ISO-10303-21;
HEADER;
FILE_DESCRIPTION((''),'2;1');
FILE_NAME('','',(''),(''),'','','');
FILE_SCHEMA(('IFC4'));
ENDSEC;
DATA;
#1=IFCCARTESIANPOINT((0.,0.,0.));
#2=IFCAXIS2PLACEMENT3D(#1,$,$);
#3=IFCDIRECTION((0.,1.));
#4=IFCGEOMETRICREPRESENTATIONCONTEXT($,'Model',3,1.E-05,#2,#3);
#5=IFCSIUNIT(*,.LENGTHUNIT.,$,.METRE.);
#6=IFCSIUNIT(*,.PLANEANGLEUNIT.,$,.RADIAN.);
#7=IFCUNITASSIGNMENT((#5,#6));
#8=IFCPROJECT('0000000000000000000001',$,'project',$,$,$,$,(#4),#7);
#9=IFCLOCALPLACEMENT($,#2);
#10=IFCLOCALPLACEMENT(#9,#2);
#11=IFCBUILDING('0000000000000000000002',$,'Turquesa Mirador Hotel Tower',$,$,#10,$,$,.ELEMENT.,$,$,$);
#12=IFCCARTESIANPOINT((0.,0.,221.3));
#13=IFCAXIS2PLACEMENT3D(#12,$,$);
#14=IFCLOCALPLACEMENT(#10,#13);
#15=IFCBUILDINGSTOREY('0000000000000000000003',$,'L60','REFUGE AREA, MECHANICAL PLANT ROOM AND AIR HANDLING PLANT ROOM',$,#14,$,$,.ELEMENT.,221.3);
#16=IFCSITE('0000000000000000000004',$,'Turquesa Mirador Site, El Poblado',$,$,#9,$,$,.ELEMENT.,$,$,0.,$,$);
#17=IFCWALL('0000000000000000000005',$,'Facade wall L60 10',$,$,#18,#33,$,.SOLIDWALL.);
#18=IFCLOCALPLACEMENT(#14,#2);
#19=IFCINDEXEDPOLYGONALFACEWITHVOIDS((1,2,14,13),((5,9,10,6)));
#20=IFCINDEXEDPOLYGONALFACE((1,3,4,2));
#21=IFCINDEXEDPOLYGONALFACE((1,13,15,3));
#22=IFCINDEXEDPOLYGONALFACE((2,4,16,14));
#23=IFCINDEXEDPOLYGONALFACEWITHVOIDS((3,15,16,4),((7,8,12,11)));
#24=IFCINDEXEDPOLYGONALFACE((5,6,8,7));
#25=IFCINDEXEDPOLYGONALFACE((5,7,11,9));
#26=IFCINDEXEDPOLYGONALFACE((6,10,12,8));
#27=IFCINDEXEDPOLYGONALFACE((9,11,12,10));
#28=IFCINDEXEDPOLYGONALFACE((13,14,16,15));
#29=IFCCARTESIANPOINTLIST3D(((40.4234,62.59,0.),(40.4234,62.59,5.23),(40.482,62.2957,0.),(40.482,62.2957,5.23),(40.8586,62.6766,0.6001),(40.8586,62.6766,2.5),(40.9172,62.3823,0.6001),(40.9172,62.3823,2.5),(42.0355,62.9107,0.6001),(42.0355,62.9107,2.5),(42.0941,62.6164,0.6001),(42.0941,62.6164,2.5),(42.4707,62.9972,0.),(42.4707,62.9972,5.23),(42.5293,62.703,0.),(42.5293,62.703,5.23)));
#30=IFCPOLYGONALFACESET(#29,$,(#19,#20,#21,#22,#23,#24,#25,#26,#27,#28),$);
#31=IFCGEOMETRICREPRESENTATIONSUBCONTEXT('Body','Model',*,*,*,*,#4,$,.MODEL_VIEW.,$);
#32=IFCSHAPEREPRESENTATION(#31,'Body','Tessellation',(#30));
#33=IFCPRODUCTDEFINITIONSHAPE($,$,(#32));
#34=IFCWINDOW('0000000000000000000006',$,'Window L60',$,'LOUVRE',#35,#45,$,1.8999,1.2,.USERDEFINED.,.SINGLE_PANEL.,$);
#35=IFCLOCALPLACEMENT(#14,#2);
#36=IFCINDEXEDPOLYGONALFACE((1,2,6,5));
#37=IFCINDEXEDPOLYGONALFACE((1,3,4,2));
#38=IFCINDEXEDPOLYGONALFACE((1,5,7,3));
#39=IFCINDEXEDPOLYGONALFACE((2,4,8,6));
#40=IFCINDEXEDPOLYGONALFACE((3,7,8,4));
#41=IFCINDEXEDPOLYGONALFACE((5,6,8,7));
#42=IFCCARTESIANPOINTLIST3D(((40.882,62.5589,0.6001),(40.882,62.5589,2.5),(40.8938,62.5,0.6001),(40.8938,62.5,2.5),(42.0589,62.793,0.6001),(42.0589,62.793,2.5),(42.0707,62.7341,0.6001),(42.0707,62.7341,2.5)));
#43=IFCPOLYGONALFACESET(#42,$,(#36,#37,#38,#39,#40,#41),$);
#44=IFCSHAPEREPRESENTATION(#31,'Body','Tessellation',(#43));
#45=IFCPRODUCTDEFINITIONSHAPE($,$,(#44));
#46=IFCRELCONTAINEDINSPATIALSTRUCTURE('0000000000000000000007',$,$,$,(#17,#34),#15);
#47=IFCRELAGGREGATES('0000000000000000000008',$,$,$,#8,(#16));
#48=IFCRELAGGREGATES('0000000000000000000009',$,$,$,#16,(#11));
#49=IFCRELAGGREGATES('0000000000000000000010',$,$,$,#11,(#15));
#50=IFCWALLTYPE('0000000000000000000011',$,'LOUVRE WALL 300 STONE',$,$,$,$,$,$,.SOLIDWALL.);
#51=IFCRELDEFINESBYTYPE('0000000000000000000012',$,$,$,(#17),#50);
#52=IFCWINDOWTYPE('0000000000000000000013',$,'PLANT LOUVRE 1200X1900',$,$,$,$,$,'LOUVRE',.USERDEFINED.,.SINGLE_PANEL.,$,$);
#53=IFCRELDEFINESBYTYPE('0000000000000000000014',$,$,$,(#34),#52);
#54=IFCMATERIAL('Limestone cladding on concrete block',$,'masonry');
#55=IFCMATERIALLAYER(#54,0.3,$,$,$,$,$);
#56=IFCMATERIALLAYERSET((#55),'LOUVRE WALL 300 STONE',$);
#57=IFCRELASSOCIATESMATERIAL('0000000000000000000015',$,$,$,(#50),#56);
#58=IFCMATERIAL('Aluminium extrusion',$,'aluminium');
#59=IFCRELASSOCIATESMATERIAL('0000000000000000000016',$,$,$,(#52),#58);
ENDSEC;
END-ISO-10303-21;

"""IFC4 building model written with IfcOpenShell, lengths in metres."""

from ifc_helpers import new_model, si_unit, direction, frame, frame_2d, origin, place, context, subcontext, project, spatial, rectangle, extrude, material, layer, layer_set, type_object, element, fill, save


model = new_model("IFC4")

# Units and contexts
model_context = context("Model", 3, precision=1e-05, world=origin(), true_north=direction((0.0, 1.0)))
body_context = subcontext(model_context, "Body", "Model", "MODEL_VIEW")
ifc_project = project(units=[si_unit("LENGTHUNIT", "METRE"), si_unit("PLANEANGLEUNIT", "RADIAN")], contexts=[model_context])

# Site, building, storey
site_placement = place(None, origin())
site = spatial("IfcSite", under=ifc_project, at=site_placement, Name="Turquesa Mirador Site, El Poblado", CompositionType="ELEMENT", RefElevation=0.0)
building_placement = place(site_placement, origin())
building = spatial("IfcBuilding", under=site, at=building_placement, Name="Turquesa Mirador Hotel Tower", CompositionType="ELEMENT")
storey_placement = place(building_placement, frame((0.0, 0.0, 221.3)))
storey = spatial("IfcBuildingStorey", under=building, at=storey_placement, Name="L60", Description="REFUGE AREA, MECHANICAL PLANT ROOM AND AIR HANDLING PLANT ROOM", CompositionType="ELEMENT", Elevation=221.3)

# Wall, opening, window
ifc_material_1 = material(Name="Limestone cladding on concrete block", Category="masonry")
ifc_layer = layer(ifc_material_1, 0.3)
ifc_layer_set = layer_set([ifc_layer], Name="LOUVRE WALL 300 STONE")
wall_type = type_object("IfcWallType", Name="LOUVRE WALL 300 STONE", PredefinedType="SOLIDWALL", material=ifc_layer_set)
wall_placement = place(storey_placement, frame((42.5, 62.8501, 0.0), z_axis=(0.0, 0.0, 1.0), x_axis=(-0.980787, -0.195081, 0.0)))
wall = element("IfcWall", 1, at=wall_placement, inside=storey, type_object=wall_type, Name="Facade wall L60 10", PredefinedType="SOLIDWALL", context=body_context, shape_type="SweptSolid", body=[
    extrude(rectangle(XDim=2.0874, YDim=0.3, at=frame_2d((1.0437, 0.0))), origin(), (0.0, 0.0, 1.0), 5.23),
])
opening_placement = place(wall_placement, frame((0.4436, 0.0, 0.6001)))
opening = element("IfcOpeningElement", 2, at=opening_placement, cuts=wall, PredefinedType="OPENING", context=body_context, shape_type="SweptSolid", body=[
    extrude(rectangle(XDim=1.2, YDim=1.8999, at=frame_2d((0.6001, 0.95))), frame((0.0, 0.1599, 0.0), z_axis=(0.0, -1.0, 0.0), x_axis=(1.0, 0.0, 0.0)), (0.0, 0.0, 1.0), 0.3201),
])
ifc_material_2 = material(Name="Aluminium extrusion", Category="aluminium")
window_type = type_object("IfcWindowType", Name="PLANT LOUVRE 1200X1900", ElementType="LOUVRE", PartitioningType="SINGLE_PANEL", PredefinedType="USERDEFINED", material=ifc_material_2)
window_placement = place(opening_placement, origin())
window = element("IfcWindow", 3, at=window_placement, inside=storey, type_object=window_type, Name="Window L60", ObjectType="LOUVRE", OverallHeight=1.8999, OverallWidth=1.2, PartitioningType="SINGLE_PANEL", PredefinedType="USERDEFINED", context=body_context, shape_type="SweptSolid", body=[
    extrude(rectangle(XDim=1.2, YDim=1.8999, at=frame_2d((0.6001, 0.95))), frame((0.0, 0.03, 0.0), z_axis=(0.0, -1.0, 0.0), x_axis=(1.0, 0.0, 0.0)), (0.0, 0.0, 1.0), 0.0601),
])
fill(opening, window)

save(model, "model.ifc")
